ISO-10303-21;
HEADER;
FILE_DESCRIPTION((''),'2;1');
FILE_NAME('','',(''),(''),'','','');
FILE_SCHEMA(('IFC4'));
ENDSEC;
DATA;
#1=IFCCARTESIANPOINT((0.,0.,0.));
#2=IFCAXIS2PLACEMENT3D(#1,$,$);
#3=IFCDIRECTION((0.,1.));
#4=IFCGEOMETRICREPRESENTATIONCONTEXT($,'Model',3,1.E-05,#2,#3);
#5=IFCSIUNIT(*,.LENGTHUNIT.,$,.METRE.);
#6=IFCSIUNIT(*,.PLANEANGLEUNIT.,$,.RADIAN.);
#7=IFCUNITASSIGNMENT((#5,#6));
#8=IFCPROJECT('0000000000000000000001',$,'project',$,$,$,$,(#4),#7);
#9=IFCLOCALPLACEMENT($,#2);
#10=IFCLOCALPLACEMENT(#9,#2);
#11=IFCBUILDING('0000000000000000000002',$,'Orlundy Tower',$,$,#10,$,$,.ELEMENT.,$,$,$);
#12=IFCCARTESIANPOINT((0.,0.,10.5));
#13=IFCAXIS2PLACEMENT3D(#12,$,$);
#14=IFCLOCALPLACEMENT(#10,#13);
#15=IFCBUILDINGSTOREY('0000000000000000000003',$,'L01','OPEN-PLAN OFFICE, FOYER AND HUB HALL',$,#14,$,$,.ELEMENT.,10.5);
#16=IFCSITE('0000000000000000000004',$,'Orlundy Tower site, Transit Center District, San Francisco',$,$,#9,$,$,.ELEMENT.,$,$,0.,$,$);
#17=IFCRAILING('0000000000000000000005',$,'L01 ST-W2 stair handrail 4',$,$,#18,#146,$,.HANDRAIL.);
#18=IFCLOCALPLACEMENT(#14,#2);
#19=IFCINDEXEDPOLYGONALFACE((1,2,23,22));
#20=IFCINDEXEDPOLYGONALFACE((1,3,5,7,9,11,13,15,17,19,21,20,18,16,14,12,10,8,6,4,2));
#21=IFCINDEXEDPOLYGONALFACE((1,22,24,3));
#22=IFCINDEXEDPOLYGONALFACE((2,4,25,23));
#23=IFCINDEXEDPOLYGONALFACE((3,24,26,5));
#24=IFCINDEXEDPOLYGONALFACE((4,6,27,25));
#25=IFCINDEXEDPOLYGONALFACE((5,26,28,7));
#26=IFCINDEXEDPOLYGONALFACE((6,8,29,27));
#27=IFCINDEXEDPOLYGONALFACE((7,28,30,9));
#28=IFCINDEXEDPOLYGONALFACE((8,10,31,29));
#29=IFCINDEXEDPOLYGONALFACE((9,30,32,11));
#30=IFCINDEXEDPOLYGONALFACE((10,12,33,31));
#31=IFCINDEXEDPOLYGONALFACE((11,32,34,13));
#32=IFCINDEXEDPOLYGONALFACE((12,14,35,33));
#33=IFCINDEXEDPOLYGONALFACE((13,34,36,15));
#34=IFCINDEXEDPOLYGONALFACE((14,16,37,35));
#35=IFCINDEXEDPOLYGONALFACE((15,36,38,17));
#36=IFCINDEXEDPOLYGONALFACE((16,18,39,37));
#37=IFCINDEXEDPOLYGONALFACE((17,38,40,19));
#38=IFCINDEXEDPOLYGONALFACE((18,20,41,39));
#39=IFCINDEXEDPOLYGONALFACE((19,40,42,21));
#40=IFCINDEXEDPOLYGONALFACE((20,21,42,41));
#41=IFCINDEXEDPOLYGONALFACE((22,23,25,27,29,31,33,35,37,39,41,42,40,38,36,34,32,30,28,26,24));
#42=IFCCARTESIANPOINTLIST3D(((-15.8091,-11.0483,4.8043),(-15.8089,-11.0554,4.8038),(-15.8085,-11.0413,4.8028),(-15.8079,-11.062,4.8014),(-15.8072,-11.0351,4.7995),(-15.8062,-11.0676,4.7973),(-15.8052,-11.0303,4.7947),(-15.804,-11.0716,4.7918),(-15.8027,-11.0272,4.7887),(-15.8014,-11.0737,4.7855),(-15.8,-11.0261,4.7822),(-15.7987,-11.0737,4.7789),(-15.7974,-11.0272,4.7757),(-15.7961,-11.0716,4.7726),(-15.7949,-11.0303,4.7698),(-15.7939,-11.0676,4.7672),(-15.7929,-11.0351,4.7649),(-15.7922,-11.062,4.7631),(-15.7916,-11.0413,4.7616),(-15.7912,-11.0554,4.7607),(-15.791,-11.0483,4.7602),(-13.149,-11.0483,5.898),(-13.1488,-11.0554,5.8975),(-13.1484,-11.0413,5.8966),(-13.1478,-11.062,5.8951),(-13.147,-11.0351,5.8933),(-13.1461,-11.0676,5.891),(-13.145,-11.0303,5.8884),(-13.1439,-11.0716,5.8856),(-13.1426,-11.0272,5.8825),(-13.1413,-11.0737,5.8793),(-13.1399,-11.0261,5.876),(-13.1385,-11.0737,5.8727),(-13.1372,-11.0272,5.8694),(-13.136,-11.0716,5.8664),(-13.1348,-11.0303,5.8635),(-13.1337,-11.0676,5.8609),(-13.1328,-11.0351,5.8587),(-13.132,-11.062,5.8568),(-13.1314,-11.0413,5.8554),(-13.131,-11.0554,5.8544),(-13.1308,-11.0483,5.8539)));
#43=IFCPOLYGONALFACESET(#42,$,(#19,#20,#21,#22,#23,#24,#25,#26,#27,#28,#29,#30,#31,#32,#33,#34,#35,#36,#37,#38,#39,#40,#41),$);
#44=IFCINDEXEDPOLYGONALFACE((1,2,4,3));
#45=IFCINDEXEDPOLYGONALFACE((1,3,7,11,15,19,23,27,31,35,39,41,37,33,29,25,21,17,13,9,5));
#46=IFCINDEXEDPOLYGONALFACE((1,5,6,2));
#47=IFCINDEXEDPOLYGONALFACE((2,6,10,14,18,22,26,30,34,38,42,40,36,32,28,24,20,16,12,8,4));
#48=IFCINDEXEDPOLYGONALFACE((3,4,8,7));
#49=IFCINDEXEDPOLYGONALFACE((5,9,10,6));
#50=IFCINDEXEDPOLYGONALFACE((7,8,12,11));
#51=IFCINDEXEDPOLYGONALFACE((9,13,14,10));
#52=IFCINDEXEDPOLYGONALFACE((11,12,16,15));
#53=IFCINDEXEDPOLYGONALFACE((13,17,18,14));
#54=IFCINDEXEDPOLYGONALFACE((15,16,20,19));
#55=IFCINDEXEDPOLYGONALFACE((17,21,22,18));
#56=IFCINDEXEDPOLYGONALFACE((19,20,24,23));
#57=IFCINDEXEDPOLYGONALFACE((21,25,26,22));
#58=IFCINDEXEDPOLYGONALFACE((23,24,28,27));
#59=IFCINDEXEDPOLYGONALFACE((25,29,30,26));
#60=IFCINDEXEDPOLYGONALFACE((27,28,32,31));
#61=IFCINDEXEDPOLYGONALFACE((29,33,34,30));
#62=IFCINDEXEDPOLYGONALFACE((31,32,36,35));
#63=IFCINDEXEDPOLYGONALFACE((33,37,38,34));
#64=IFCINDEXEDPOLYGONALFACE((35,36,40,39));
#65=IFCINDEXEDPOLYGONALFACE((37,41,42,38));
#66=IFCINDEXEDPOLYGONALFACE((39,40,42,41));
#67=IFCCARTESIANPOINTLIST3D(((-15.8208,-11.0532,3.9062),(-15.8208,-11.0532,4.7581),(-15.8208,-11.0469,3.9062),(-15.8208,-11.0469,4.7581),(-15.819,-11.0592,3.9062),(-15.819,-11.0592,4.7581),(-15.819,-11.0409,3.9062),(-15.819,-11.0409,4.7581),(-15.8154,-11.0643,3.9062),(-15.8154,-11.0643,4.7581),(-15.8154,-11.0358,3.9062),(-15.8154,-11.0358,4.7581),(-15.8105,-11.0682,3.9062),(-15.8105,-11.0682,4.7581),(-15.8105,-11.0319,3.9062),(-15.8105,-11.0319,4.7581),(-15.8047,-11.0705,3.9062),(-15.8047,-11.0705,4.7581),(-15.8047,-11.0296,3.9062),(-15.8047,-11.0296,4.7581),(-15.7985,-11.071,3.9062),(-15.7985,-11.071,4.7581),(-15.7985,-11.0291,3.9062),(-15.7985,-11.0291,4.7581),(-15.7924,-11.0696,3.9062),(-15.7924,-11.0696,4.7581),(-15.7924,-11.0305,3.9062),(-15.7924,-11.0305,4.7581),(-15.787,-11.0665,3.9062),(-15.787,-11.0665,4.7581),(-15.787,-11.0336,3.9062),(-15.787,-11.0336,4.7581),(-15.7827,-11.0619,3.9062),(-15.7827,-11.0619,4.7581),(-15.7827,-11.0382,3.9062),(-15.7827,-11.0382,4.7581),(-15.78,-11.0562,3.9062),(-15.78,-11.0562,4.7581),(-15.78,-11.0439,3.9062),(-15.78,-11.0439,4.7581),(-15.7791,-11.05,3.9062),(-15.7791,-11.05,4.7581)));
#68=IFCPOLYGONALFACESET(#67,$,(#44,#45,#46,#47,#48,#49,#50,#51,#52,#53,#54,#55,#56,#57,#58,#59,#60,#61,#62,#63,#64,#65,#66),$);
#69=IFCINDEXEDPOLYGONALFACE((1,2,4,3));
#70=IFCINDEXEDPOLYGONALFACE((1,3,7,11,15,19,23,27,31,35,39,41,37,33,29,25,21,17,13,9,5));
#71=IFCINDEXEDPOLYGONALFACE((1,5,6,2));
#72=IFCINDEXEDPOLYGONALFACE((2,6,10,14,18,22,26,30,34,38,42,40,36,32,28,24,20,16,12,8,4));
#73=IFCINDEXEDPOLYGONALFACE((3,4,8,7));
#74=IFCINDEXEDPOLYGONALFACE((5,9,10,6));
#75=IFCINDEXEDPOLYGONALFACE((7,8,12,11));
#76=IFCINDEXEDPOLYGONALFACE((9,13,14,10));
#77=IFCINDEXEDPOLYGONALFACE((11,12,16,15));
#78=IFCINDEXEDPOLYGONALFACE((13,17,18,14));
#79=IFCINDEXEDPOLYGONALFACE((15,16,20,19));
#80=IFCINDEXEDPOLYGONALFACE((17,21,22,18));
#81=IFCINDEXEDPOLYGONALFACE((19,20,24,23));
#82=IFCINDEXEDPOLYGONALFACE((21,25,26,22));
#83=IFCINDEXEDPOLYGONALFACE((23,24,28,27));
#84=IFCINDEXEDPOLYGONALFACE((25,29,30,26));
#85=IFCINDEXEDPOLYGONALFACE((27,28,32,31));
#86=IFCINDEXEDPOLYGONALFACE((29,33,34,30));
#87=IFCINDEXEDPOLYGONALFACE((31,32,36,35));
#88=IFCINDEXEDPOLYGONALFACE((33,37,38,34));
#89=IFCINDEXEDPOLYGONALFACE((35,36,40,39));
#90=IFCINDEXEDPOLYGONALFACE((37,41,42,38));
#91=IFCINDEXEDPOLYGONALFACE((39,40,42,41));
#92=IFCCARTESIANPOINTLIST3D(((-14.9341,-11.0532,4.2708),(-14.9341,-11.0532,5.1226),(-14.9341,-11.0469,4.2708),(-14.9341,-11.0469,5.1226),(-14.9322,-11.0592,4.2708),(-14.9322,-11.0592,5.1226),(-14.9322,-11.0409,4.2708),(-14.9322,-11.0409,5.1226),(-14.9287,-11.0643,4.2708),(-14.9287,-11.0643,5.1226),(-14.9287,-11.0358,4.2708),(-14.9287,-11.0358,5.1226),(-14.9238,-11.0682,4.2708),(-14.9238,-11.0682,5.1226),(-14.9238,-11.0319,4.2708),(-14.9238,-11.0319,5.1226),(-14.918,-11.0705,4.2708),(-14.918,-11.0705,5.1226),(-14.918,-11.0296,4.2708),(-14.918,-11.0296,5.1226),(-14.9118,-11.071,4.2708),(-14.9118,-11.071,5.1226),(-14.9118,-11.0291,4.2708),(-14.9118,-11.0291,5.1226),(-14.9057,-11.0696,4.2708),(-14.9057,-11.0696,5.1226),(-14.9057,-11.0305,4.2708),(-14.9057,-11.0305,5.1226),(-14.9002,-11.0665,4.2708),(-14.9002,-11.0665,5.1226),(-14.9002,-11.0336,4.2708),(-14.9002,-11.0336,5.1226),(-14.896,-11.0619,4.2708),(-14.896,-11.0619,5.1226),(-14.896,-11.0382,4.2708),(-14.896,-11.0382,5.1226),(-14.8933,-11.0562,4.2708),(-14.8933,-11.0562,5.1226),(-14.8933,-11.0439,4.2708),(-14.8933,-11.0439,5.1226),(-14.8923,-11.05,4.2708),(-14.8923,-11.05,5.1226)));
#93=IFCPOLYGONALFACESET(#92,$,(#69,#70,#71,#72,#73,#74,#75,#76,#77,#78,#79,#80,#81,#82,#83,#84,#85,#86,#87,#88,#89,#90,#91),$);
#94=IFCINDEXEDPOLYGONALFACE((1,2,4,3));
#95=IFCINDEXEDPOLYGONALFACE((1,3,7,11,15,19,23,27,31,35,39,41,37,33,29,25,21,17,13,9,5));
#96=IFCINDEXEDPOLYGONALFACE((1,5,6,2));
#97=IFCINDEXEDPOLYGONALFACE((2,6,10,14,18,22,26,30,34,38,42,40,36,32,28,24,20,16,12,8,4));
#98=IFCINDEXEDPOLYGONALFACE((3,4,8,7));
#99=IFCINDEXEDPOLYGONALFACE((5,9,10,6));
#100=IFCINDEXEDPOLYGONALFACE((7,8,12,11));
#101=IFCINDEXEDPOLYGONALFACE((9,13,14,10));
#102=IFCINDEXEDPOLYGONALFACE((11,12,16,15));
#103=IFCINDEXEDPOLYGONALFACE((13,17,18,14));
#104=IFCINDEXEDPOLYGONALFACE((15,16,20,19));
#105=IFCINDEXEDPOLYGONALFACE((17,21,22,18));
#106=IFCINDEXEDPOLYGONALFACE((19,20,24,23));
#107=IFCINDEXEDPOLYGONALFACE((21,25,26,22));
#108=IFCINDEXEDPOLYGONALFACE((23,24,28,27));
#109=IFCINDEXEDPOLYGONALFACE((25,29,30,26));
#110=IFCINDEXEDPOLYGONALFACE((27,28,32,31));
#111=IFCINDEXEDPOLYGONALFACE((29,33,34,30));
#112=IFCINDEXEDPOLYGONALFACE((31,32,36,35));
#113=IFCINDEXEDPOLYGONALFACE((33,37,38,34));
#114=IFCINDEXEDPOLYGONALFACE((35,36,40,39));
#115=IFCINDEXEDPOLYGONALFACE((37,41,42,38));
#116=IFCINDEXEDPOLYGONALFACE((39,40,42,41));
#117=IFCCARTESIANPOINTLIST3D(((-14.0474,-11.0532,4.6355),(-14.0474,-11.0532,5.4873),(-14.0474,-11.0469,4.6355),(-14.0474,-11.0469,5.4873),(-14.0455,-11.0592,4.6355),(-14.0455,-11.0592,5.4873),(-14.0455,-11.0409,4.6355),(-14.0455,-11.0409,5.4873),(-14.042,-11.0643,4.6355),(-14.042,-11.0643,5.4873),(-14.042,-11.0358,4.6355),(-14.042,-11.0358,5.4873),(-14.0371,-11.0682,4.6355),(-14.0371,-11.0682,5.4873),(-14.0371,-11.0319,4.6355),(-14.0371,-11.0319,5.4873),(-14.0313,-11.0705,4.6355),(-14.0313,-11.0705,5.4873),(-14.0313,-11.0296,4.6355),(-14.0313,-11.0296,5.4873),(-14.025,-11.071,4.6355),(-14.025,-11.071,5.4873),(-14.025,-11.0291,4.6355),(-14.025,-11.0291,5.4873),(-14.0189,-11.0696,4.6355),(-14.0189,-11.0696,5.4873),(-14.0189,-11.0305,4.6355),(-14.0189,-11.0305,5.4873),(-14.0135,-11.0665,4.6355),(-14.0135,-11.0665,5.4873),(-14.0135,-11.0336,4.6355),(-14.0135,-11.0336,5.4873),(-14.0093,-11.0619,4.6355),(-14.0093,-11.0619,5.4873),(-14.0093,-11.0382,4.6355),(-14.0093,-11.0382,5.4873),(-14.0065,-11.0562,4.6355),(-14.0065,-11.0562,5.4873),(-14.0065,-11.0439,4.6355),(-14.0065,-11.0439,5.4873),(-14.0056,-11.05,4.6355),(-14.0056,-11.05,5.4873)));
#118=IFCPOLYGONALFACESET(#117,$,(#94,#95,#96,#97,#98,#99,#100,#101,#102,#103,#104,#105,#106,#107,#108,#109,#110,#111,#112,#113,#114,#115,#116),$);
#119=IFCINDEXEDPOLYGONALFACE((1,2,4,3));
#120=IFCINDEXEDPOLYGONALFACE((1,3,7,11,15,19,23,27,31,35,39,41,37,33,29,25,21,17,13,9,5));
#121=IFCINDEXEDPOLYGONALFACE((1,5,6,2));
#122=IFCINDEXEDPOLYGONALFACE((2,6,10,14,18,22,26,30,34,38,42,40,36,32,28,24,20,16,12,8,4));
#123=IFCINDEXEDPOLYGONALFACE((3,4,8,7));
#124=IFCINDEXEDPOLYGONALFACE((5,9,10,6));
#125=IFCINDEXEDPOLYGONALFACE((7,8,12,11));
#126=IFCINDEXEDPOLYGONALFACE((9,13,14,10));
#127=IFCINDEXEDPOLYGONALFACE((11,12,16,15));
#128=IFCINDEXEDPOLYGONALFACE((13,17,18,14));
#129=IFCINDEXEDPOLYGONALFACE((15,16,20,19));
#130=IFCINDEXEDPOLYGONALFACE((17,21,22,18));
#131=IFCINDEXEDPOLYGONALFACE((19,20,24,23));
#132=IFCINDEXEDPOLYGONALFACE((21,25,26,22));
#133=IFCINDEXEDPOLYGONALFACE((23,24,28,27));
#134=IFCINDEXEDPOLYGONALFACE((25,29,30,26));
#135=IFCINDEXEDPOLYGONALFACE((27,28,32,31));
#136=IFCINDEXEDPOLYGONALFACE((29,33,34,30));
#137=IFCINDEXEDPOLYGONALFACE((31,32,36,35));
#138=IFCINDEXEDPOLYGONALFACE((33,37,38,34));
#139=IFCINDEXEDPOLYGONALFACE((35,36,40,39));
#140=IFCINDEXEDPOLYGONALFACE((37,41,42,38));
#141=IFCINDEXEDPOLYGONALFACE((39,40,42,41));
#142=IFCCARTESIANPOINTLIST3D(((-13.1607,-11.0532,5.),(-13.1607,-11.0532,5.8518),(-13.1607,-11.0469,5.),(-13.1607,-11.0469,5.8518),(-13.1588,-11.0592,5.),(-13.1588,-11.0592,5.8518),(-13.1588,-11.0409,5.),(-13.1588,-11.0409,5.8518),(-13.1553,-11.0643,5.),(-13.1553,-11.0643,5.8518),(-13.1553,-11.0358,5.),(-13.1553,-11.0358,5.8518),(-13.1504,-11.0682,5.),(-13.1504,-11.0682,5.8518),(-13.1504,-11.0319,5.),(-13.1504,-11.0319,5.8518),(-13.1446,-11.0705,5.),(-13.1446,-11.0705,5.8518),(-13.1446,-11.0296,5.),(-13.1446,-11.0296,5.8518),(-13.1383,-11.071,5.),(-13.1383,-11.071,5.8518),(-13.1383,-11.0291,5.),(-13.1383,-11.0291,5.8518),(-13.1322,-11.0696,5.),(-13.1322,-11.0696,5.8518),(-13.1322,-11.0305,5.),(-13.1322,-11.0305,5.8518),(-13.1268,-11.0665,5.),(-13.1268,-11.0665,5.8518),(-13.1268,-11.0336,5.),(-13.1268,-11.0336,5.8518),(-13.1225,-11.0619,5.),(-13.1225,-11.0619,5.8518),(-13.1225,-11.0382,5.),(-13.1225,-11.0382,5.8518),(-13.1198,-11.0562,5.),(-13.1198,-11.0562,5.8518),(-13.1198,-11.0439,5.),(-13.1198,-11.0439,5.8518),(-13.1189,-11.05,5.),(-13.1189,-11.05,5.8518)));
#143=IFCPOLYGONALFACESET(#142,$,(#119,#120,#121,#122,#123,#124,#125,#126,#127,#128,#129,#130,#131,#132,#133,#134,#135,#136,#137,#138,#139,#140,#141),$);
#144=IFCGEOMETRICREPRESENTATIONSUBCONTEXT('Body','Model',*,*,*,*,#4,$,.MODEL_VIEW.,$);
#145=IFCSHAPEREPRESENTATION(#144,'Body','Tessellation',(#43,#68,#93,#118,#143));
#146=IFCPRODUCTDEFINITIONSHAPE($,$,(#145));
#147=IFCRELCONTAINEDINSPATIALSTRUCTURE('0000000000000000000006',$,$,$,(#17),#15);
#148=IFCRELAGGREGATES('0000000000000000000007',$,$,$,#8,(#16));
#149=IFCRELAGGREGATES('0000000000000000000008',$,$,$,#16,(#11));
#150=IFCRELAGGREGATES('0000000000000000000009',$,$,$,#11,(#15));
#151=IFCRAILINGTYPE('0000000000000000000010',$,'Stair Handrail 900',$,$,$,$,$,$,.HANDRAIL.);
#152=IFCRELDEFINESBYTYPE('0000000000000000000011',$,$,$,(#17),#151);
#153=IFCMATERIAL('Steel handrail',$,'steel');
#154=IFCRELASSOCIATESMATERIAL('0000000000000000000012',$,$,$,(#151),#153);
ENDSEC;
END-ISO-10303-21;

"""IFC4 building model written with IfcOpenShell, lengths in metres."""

from ifc_helpers import new_model, si_unit, direction, frame, origin, origin_2d, place, context, subcontext, project, spatial, circle, extrude, material, type_object, element, save


model = new_model("IFC4")

# Units and contexts
model_context = context("Model", 3, precision=1e-05, world=origin(), true_north=direction((0.0, 1.0)))
body_context = subcontext(model_context, "Body", "Model", "MODEL_VIEW")
ifc_project = project(units=[si_unit("LENGTHUNIT", "METRE"), si_unit("PLANEANGLEUNIT", "RADIAN")], contexts=[model_context])

# Site, building, storey
site_placement = place(None, origin())
site = spatial("IfcSite", under=ifc_project, at=site_placement, Name="Orlundy Tower site, Transit Center District, San Francisco", CompositionType="ELEMENT", RefElevation=0.0)
building_placement = place(site_placement, origin())
building = spatial("IfcBuilding", under=site, at=building_placement, Name="Orlundy Tower", CompositionType="ELEMENT")
storey_placement = place(building_placement, frame((0.0, 0.0, 10.5)))
storey = spatial("IfcBuildingStorey", under=building, at=storey_placement, Name="L01", Description="OPEN-PLAN OFFICE, FOYER AND HUB HALL", CompositionType="ELEMENT", Elevation=10.5)

# Railing
ifc_material_1 = material(Name="Steel handrail", Category="steel")
railing_type_1 = type_object("IfcRailingType", Name="Stair Handrail 900", PredefinedType="HANDRAIL", material=ifc_material_1)
railing_1_placement = place(storey_placement, frame((-15.8, -11.05, 3.9062)))
element("IfcRailing", 1, at=railing_1_placement, inside=storey, type_object=railing_type_1, Name="L01 ST-W2 stair handrail 4", PredefinedType="HANDRAIL", context=body_context, shape_type="SweptSolid", body=[
    extrude(circle(Radius=0.0239, at=origin_2d()), frame((0.0, 0.0, 0.876), z_axis=(0.924875, 0.0, 0.380272), x_axis=(0.0, 1.0, 0.0)), (0.0, 0.0, 1.0), 2.8762),
    extrude(circle(Radius=0.021, at=origin_2d()), origin(), (0.0, 0.0, 1.0), 0.8518),
    extrude(circle(Radius=0.021, at=origin_2d()), frame((0.8867, 0.0, 0.3645)), (0.0, 0.0, 1.0), 0.8518),
    extrude(circle(Radius=0.021, at=origin_2d()), frame((1.7734, 0.0, 0.7292)), (0.0, 0.0, 1.0), 0.8518),
    extrude(circle(Radius=0.021, at=origin_2d()), frame((2.6602, 0.0, 1.0938)), (0.0, 0.0, 1.0), 0.8518),
])

save(model, "model.ifc")
